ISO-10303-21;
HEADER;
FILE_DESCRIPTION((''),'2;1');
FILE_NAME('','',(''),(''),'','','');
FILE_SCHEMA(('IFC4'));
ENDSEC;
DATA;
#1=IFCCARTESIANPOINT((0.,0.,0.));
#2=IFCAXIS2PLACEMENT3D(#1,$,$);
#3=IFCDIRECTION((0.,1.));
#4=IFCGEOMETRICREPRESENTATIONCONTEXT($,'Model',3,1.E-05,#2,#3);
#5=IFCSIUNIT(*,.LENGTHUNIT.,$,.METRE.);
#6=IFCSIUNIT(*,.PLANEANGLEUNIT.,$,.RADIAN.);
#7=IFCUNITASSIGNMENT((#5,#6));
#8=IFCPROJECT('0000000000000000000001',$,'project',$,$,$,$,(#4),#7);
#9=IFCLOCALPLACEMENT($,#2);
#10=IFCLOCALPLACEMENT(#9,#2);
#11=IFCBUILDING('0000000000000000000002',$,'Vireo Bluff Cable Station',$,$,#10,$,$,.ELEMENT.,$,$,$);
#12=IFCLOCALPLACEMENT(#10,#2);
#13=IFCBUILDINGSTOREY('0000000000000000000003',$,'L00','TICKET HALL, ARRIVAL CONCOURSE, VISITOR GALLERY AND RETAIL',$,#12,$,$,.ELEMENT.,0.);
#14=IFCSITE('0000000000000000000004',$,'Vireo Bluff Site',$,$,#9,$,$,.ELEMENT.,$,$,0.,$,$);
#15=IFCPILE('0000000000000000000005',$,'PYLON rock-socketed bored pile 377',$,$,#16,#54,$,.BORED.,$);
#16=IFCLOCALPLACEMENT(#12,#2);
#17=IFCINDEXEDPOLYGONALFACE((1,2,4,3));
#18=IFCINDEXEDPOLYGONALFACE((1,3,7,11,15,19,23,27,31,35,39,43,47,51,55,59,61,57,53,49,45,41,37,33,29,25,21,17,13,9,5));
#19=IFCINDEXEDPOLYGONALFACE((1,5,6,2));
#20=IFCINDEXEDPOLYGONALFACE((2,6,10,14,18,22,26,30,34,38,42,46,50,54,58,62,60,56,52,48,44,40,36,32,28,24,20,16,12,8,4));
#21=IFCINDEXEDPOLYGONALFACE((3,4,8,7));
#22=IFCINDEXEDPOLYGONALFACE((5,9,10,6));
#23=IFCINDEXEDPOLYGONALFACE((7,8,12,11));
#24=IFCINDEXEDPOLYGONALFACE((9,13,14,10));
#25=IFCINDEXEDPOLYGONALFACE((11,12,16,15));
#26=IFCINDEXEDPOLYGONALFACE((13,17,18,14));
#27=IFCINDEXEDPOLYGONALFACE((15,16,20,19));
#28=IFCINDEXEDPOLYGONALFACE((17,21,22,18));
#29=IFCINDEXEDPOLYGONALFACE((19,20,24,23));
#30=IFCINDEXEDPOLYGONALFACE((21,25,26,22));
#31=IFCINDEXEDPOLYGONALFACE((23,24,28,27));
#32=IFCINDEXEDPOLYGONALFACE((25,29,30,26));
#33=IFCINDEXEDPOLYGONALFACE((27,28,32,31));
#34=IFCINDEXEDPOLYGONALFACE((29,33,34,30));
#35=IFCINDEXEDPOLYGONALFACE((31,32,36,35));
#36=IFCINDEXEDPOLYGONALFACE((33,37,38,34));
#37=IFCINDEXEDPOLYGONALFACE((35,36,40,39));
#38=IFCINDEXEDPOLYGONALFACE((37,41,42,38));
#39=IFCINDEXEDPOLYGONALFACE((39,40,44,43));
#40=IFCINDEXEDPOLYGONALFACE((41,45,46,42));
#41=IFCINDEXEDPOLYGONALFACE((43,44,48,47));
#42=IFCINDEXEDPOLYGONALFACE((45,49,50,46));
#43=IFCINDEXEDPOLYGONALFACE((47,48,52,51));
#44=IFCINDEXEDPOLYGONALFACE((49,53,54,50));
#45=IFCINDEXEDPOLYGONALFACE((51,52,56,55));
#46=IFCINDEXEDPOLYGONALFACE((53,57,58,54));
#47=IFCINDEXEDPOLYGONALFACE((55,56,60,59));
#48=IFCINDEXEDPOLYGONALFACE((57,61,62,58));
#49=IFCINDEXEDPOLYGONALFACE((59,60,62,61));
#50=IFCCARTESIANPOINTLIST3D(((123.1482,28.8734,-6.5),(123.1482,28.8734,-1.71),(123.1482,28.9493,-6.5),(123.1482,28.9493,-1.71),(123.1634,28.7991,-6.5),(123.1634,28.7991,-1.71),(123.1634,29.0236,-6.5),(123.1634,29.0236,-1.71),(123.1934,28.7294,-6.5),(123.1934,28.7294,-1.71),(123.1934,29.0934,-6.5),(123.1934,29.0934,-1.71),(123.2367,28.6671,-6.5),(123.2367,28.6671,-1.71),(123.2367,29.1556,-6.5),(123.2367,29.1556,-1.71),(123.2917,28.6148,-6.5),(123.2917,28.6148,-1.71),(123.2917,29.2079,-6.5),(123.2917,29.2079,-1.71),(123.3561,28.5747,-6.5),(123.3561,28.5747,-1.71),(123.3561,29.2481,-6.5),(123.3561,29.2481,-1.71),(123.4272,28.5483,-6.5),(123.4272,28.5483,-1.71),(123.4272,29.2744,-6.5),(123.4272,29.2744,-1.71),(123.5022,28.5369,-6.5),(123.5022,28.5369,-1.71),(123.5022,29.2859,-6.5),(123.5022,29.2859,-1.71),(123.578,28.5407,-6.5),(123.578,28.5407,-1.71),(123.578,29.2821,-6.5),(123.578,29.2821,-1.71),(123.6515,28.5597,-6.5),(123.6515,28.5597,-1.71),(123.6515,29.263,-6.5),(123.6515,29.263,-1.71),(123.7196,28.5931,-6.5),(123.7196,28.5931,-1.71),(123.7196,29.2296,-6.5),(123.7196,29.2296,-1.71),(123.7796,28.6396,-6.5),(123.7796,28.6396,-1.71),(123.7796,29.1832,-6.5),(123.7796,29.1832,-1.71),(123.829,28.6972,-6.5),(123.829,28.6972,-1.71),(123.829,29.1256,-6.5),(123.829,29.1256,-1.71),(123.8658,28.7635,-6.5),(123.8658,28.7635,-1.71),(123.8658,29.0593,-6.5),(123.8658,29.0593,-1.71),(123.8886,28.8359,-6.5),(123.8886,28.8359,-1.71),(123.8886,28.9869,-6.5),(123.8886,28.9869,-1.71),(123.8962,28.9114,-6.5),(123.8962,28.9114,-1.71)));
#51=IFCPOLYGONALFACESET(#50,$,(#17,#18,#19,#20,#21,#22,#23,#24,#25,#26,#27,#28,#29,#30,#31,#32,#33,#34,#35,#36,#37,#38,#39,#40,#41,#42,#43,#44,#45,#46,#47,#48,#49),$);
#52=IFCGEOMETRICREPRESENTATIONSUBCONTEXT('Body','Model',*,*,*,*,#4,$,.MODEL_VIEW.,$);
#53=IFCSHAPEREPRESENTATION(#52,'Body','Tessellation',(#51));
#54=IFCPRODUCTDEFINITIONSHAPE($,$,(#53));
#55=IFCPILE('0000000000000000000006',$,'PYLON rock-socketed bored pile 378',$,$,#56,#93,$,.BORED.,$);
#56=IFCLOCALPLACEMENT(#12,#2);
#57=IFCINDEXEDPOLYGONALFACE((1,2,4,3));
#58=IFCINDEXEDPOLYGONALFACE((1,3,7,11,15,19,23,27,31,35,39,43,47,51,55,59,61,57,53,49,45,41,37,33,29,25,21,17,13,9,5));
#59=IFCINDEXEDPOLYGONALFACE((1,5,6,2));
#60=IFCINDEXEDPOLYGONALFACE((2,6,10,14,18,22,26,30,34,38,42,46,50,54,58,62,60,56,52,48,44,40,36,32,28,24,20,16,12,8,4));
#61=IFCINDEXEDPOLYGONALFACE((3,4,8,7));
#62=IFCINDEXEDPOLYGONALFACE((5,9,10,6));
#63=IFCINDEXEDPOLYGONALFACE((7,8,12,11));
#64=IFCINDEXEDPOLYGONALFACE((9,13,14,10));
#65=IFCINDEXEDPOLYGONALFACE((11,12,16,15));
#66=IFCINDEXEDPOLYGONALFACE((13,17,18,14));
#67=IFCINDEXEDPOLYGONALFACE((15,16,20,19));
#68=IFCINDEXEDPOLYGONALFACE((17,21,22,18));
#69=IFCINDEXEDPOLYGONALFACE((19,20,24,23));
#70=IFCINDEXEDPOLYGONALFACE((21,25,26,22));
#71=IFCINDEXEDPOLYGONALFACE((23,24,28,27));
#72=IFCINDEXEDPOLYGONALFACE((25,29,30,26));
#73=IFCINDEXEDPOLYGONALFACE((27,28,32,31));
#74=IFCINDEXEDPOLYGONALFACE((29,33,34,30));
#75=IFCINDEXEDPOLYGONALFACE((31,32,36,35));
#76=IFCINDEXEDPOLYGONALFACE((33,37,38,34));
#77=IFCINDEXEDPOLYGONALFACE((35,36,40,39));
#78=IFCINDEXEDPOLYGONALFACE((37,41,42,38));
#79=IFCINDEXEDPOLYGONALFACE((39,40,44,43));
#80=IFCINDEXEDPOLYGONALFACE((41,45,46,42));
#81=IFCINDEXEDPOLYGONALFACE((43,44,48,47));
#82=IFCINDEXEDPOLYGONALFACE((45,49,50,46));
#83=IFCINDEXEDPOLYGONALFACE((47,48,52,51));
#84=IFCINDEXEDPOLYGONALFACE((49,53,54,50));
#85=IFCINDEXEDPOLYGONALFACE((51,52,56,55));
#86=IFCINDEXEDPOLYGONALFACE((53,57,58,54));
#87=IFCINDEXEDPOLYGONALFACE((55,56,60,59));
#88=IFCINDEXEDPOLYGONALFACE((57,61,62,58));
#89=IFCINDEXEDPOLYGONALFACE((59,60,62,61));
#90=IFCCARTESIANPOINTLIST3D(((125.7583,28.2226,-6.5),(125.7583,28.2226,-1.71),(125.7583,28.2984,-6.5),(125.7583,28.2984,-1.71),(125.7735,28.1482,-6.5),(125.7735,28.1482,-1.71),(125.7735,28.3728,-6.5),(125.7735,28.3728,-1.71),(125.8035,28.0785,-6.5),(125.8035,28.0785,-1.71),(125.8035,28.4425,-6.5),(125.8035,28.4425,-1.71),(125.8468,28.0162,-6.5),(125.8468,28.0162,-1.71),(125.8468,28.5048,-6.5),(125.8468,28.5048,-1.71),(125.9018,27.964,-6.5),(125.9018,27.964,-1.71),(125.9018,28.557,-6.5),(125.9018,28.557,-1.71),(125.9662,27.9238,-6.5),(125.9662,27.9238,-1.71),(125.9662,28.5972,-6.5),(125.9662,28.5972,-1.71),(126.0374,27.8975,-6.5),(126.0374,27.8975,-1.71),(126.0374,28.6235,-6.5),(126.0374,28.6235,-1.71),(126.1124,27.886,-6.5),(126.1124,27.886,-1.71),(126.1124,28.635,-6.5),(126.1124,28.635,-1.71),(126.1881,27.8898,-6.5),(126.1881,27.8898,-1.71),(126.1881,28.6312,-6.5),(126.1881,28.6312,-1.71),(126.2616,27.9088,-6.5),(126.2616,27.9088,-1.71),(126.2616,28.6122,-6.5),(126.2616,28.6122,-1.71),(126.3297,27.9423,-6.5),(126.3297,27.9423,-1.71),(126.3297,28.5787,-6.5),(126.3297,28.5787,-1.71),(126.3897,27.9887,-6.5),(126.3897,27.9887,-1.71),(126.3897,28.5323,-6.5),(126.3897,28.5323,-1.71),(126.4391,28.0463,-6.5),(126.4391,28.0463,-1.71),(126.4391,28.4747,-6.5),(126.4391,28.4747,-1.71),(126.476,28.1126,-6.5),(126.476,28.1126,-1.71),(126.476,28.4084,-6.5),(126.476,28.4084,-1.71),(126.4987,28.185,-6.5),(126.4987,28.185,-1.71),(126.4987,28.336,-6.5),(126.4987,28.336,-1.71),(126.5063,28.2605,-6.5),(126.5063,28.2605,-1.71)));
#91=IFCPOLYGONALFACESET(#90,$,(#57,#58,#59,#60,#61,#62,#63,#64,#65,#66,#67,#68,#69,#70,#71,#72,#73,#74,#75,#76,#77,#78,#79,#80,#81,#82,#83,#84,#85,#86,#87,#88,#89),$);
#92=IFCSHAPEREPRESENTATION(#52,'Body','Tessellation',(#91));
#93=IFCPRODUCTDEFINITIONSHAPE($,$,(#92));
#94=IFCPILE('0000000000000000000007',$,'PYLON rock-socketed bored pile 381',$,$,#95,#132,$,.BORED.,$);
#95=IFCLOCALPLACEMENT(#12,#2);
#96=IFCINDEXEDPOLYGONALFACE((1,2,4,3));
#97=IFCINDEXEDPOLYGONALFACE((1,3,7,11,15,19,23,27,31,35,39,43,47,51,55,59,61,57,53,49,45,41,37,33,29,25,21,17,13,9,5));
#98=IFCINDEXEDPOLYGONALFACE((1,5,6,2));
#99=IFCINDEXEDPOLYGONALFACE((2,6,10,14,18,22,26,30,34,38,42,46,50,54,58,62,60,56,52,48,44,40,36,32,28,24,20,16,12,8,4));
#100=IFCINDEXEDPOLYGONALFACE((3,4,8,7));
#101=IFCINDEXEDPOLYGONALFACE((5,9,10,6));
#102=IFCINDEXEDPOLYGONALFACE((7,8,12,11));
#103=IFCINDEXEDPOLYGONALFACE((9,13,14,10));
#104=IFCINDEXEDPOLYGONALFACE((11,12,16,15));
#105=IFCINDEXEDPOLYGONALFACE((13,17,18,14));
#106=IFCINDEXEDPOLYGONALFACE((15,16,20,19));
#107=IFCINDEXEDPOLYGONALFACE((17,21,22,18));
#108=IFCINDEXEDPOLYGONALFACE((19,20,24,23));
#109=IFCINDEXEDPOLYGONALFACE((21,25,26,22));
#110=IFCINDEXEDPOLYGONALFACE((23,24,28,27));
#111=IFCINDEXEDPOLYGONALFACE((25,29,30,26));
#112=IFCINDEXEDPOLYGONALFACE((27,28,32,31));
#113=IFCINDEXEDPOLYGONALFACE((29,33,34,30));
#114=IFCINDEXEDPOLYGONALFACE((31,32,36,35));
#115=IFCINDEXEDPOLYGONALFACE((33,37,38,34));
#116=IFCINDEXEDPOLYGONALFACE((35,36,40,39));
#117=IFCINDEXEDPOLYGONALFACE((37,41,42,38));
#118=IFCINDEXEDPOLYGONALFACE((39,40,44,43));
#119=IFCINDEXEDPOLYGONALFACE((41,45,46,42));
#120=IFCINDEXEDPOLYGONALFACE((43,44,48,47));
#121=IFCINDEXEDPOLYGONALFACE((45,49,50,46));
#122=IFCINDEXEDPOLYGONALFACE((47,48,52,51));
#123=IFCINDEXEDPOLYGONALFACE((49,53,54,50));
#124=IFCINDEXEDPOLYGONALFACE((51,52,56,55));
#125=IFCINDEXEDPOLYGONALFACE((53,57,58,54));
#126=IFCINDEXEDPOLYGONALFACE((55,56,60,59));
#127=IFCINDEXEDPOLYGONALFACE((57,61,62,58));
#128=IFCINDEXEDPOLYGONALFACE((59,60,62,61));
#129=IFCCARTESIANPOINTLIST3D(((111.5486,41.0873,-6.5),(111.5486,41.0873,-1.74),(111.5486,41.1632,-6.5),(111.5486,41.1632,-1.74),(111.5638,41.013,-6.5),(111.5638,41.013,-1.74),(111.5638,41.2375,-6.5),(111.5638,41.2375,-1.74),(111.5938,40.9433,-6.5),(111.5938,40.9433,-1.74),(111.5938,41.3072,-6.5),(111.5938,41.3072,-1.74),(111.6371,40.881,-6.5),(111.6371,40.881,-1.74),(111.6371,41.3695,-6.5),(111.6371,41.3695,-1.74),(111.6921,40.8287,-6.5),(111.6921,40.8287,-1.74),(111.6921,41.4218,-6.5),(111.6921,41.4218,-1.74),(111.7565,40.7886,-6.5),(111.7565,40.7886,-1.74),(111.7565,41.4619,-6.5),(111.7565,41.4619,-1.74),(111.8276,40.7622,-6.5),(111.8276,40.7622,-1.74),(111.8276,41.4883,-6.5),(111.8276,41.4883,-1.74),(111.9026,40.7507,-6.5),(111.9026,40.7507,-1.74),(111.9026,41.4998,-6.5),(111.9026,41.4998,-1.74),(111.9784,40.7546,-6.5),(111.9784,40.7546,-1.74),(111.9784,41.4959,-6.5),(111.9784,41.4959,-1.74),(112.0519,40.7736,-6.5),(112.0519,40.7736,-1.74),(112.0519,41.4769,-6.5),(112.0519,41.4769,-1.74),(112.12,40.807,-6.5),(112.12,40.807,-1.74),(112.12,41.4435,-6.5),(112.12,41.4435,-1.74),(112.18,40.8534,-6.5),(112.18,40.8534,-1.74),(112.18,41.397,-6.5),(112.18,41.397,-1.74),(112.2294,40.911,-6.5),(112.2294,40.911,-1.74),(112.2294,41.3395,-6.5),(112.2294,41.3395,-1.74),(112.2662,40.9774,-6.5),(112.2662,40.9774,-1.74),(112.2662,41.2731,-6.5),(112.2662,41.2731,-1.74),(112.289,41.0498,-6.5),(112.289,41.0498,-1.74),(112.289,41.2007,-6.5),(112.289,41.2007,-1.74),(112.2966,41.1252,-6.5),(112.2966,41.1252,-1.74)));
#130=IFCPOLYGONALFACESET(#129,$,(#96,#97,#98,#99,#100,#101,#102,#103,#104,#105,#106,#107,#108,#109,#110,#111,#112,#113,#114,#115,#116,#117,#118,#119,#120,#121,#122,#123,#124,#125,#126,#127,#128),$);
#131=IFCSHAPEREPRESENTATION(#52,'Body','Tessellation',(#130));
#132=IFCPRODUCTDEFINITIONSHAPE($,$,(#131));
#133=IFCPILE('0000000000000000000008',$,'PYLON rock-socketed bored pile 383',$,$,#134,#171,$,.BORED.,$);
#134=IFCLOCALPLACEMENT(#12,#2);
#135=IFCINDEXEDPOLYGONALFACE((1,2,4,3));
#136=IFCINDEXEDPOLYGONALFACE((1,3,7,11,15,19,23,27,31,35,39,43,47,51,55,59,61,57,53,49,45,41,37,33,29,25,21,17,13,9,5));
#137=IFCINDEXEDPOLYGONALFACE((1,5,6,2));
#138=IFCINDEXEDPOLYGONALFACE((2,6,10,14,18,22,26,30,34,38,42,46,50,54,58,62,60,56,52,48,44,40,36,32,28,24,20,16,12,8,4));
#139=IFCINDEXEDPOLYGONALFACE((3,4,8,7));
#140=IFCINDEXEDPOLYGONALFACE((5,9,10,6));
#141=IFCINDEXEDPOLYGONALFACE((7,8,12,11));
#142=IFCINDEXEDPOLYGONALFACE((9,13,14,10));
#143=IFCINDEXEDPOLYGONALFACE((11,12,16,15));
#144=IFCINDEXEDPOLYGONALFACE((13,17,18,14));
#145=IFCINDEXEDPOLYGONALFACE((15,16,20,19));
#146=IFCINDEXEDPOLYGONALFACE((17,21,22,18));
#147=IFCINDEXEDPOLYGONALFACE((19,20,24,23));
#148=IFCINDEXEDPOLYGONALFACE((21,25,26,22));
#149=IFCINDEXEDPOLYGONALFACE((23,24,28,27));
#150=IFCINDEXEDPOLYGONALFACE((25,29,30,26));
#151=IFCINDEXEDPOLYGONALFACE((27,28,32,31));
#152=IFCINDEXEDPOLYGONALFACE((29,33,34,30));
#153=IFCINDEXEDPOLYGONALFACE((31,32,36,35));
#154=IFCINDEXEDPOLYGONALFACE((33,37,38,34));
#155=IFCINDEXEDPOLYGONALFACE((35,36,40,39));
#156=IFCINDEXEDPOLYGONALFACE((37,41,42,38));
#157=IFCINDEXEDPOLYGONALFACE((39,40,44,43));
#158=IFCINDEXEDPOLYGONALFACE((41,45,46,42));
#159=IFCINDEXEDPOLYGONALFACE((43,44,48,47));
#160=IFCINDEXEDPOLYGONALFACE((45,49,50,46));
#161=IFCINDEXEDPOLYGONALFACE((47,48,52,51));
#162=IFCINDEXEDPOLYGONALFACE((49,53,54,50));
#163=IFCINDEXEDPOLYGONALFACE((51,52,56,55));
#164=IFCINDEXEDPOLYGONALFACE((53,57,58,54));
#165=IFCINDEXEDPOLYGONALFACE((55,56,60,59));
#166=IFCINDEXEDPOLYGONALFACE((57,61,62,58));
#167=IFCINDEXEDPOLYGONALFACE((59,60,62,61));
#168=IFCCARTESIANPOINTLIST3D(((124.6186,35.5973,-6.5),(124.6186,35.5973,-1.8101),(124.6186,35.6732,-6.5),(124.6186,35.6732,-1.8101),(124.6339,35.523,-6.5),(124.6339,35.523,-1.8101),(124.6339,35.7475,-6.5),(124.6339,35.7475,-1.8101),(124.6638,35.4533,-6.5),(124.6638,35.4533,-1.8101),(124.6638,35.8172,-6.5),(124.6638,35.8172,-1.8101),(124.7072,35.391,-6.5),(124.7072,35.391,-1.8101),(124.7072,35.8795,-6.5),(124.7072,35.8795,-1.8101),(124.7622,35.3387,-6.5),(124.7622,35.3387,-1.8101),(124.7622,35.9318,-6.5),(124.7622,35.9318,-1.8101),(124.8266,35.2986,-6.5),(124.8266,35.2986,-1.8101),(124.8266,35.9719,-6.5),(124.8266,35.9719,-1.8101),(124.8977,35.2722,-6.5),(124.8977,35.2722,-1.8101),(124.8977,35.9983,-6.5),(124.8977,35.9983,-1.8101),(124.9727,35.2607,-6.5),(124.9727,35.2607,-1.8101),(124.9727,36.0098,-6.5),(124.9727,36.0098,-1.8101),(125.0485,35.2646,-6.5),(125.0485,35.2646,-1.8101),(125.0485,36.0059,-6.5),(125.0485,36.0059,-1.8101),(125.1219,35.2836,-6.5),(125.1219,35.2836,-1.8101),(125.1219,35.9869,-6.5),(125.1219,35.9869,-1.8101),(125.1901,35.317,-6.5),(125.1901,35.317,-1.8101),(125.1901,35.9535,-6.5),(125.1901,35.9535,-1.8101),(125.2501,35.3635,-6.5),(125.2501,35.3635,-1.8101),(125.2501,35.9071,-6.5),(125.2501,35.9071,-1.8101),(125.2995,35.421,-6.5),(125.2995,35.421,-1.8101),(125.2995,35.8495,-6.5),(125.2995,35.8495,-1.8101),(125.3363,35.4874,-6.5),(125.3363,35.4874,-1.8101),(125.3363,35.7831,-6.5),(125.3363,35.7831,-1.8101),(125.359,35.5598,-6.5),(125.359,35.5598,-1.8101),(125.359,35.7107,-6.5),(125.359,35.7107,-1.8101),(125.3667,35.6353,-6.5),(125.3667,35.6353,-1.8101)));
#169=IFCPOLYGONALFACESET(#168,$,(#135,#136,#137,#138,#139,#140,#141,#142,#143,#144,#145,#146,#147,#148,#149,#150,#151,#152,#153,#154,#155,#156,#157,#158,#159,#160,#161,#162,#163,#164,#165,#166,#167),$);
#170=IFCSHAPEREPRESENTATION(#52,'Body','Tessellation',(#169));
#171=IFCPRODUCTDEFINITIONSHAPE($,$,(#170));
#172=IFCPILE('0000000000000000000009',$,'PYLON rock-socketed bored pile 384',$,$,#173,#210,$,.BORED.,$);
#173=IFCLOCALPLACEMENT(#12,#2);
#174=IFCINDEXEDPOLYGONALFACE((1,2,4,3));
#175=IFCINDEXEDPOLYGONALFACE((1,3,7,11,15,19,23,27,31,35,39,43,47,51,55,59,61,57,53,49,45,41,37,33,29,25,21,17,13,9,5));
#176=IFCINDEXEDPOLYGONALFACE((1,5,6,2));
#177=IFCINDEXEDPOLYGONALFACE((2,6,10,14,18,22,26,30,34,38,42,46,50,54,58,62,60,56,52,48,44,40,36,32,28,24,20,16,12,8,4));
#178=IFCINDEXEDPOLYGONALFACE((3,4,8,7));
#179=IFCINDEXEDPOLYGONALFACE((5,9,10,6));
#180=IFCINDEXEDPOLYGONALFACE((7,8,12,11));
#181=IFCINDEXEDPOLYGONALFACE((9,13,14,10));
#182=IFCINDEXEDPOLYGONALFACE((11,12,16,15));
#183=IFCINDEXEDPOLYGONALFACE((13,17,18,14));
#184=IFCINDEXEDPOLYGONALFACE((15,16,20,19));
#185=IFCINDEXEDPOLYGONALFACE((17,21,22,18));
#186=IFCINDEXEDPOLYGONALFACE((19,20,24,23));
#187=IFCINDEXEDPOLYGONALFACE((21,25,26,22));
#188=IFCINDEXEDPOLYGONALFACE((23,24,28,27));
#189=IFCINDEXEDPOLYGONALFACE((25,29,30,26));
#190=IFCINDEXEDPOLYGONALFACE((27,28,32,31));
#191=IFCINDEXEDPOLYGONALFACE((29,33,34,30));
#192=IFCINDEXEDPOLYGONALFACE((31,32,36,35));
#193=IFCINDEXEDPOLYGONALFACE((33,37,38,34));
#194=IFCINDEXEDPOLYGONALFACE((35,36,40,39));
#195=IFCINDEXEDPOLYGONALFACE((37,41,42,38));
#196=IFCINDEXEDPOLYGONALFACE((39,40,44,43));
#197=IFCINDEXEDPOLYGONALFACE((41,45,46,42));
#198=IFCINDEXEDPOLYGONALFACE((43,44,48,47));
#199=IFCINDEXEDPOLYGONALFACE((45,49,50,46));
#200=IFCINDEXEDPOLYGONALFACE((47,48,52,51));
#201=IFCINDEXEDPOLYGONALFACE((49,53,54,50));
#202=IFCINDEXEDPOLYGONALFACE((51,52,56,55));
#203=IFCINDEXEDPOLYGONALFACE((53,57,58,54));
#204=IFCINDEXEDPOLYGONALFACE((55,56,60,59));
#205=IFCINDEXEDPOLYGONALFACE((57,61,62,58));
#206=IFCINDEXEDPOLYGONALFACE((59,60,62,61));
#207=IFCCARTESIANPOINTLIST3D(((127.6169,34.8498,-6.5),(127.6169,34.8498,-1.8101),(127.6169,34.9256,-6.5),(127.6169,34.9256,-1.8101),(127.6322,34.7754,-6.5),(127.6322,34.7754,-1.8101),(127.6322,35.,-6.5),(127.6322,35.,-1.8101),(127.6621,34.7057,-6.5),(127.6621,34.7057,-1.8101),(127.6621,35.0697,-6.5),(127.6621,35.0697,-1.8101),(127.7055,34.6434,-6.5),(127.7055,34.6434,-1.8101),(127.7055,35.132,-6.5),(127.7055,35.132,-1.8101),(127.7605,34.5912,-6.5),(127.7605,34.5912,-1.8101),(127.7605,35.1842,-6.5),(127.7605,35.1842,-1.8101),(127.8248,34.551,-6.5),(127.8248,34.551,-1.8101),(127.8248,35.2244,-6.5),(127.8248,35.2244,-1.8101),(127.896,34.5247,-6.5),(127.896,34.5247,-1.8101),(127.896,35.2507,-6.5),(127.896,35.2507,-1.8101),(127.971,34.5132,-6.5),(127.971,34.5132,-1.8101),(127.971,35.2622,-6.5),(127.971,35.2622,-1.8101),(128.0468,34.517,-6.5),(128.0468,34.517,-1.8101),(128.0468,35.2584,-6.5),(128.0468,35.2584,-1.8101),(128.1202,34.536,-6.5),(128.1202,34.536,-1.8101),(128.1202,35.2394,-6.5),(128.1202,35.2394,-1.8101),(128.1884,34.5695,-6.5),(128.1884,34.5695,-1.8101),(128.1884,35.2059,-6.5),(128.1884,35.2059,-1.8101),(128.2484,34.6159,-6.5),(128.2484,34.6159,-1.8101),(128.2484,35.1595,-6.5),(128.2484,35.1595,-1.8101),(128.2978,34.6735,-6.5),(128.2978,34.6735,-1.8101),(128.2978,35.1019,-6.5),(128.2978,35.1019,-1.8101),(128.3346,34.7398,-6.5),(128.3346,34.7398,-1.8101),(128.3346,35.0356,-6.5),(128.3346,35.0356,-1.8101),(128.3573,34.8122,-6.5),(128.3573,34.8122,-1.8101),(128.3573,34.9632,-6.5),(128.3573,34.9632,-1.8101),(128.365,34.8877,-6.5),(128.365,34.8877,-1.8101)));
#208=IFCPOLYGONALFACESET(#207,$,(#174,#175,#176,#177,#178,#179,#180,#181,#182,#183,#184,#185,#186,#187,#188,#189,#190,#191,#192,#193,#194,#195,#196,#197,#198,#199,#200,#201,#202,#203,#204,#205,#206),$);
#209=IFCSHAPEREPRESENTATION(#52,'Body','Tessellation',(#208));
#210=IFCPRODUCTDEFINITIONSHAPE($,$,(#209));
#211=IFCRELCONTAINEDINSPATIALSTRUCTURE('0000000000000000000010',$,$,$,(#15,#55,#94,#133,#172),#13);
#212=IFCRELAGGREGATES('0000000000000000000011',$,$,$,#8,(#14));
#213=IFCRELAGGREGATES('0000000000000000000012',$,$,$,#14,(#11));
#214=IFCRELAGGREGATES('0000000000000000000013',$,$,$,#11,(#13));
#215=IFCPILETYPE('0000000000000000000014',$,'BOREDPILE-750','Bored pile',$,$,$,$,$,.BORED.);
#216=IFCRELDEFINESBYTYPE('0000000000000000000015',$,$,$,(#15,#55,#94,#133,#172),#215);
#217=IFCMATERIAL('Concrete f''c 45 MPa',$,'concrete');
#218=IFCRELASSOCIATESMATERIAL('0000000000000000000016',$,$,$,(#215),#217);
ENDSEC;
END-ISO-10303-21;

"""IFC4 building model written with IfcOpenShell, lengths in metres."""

from ifc_helpers import new_model, si_unit, direction, frame, origin, origin_2d, place, context, subcontext, project, spatial, circle, extrude, material, material_profile, profile_set, type_object, element, save


model = new_model("IFC4")

# Units and contexts
model_context = context("Model", 3, precision=1e-05, world=origin(), true_north=direction((0.0, 1.0)))
body_context = subcontext(model_context, "Body", "Model", "MODEL_VIEW")
ifc_project = project(units=[si_unit("LENGTHUNIT", "METRE"), si_unit("PLANEANGLEUNIT", "RADIAN")], contexts=[model_context])

# Site, building, storey
site_placement = place(None, origin())
site = spatial("IfcSite", under=ifc_project, at=site_placement, Name="Vireo Bluff Site", CompositionType="ELEMENT", RefElevation=0.0)
building_placement = place(site_placement, origin())
building = spatial("IfcBuilding", under=site, at=building_placement, Name="Vireo Bluff Cable Station", CompositionType="ELEMENT")
storey_placement = place(building_placement, origin())
storey = spatial("IfcBuildingStorey", under=building, at=storey_placement, Name="L00", Description="TICKET HALL, ARRIVAL CONCOURSE, VISITOR GALLERY AND RETAIL", CompositionType="ELEMENT", Elevation=0.0)

# Piles
ifc_material_1 = material(Name="Concrete f'c 45 MPa", Category="concrete")
ifc_material_profile_1 = material_profile(ifc_material_1, circle(Radius=0.375, at=origin_2d()), Name="BOREDPILE-750")
ifc_profile_set_1 = profile_set([ifc_material_profile_1], Name="Concrete f'c 45 MPa")
pile_type = type_object("IfcPileType", Name="BOREDPILE-750", Description="Bored pile", PredefinedType="BORED", material=ifc_profile_set_1)
for number, where, z_axis, x_axis, name in (
    (1, (123.5212, 28.9114, -1.71), (0.0, 0.0, -1.0), (1.0, 0.0, 0.0), "PYLON rock-socketed bored pile 377"),
    (2, (126.1313, 28.2605, -1.71), (0.0, 0.0, -1.0), (1.0, 0.0, 0.0), "PYLON rock-socketed bored pile 378"),
):
    element("IfcPile", number, at=place(storey_placement, frame(where, z_axis=z_axis, x_axis=x_axis)), inside=storey, type_object=pile_type, Name=name, PredefinedType="BORED", context=body_context, shape_type="SweptSolid", body=[
        extrude(circle(Radius=0.375, at=origin_2d()), origin(), (0.0, 0.0, 1.0), 4.79),
    ])
pile_1_placement = place(storey_placement, frame((111.9216, 41.1252, -1.74), z_axis=(0.0, 0.0, -1.0), x_axis=(1.0, 0.0, 0.0)))
element("IfcPile", 3, at=pile_1_placement, inside=storey, type_object=pile_type, Name="PYLON rock-socketed bored pile 381", PredefinedType="BORED", context=body_context, shape_type="SweptSolid", body=[
    extrude(circle(Radius=0.375, at=origin_2d()), origin(), (0.0, 0.0, 1.0), 4.76),
])
for number, where, z_axis, x_axis, name in (
    (4, (124.9917, 35.6353, -1.8101), (0.0, 0.0, -1.0), (1.0, 0.0, 0.0), "PYLON rock-socketed bored pile 383"),
    (5, (127.99, 34.8877, -1.8101), (0.0, 0.0, -1.0), (1.0, 0.0, 0.0), "PYLON rock-socketed bored pile 384"),
):
    element("IfcPile", number, at=place(storey_placement, frame(where, z_axis=z_axis, x_axis=x_axis)), inside=storey, type_object=pile_type, Name=name, PredefinedType="BORED", context=body_context, shape_type="SweptSolid", body=[
        extrude(circle(Radius=0.375, at=origin_2d()), origin(), (0.0, 0.0, 1.0), 4.6899),
    ])

save(model, "model.ifc")
